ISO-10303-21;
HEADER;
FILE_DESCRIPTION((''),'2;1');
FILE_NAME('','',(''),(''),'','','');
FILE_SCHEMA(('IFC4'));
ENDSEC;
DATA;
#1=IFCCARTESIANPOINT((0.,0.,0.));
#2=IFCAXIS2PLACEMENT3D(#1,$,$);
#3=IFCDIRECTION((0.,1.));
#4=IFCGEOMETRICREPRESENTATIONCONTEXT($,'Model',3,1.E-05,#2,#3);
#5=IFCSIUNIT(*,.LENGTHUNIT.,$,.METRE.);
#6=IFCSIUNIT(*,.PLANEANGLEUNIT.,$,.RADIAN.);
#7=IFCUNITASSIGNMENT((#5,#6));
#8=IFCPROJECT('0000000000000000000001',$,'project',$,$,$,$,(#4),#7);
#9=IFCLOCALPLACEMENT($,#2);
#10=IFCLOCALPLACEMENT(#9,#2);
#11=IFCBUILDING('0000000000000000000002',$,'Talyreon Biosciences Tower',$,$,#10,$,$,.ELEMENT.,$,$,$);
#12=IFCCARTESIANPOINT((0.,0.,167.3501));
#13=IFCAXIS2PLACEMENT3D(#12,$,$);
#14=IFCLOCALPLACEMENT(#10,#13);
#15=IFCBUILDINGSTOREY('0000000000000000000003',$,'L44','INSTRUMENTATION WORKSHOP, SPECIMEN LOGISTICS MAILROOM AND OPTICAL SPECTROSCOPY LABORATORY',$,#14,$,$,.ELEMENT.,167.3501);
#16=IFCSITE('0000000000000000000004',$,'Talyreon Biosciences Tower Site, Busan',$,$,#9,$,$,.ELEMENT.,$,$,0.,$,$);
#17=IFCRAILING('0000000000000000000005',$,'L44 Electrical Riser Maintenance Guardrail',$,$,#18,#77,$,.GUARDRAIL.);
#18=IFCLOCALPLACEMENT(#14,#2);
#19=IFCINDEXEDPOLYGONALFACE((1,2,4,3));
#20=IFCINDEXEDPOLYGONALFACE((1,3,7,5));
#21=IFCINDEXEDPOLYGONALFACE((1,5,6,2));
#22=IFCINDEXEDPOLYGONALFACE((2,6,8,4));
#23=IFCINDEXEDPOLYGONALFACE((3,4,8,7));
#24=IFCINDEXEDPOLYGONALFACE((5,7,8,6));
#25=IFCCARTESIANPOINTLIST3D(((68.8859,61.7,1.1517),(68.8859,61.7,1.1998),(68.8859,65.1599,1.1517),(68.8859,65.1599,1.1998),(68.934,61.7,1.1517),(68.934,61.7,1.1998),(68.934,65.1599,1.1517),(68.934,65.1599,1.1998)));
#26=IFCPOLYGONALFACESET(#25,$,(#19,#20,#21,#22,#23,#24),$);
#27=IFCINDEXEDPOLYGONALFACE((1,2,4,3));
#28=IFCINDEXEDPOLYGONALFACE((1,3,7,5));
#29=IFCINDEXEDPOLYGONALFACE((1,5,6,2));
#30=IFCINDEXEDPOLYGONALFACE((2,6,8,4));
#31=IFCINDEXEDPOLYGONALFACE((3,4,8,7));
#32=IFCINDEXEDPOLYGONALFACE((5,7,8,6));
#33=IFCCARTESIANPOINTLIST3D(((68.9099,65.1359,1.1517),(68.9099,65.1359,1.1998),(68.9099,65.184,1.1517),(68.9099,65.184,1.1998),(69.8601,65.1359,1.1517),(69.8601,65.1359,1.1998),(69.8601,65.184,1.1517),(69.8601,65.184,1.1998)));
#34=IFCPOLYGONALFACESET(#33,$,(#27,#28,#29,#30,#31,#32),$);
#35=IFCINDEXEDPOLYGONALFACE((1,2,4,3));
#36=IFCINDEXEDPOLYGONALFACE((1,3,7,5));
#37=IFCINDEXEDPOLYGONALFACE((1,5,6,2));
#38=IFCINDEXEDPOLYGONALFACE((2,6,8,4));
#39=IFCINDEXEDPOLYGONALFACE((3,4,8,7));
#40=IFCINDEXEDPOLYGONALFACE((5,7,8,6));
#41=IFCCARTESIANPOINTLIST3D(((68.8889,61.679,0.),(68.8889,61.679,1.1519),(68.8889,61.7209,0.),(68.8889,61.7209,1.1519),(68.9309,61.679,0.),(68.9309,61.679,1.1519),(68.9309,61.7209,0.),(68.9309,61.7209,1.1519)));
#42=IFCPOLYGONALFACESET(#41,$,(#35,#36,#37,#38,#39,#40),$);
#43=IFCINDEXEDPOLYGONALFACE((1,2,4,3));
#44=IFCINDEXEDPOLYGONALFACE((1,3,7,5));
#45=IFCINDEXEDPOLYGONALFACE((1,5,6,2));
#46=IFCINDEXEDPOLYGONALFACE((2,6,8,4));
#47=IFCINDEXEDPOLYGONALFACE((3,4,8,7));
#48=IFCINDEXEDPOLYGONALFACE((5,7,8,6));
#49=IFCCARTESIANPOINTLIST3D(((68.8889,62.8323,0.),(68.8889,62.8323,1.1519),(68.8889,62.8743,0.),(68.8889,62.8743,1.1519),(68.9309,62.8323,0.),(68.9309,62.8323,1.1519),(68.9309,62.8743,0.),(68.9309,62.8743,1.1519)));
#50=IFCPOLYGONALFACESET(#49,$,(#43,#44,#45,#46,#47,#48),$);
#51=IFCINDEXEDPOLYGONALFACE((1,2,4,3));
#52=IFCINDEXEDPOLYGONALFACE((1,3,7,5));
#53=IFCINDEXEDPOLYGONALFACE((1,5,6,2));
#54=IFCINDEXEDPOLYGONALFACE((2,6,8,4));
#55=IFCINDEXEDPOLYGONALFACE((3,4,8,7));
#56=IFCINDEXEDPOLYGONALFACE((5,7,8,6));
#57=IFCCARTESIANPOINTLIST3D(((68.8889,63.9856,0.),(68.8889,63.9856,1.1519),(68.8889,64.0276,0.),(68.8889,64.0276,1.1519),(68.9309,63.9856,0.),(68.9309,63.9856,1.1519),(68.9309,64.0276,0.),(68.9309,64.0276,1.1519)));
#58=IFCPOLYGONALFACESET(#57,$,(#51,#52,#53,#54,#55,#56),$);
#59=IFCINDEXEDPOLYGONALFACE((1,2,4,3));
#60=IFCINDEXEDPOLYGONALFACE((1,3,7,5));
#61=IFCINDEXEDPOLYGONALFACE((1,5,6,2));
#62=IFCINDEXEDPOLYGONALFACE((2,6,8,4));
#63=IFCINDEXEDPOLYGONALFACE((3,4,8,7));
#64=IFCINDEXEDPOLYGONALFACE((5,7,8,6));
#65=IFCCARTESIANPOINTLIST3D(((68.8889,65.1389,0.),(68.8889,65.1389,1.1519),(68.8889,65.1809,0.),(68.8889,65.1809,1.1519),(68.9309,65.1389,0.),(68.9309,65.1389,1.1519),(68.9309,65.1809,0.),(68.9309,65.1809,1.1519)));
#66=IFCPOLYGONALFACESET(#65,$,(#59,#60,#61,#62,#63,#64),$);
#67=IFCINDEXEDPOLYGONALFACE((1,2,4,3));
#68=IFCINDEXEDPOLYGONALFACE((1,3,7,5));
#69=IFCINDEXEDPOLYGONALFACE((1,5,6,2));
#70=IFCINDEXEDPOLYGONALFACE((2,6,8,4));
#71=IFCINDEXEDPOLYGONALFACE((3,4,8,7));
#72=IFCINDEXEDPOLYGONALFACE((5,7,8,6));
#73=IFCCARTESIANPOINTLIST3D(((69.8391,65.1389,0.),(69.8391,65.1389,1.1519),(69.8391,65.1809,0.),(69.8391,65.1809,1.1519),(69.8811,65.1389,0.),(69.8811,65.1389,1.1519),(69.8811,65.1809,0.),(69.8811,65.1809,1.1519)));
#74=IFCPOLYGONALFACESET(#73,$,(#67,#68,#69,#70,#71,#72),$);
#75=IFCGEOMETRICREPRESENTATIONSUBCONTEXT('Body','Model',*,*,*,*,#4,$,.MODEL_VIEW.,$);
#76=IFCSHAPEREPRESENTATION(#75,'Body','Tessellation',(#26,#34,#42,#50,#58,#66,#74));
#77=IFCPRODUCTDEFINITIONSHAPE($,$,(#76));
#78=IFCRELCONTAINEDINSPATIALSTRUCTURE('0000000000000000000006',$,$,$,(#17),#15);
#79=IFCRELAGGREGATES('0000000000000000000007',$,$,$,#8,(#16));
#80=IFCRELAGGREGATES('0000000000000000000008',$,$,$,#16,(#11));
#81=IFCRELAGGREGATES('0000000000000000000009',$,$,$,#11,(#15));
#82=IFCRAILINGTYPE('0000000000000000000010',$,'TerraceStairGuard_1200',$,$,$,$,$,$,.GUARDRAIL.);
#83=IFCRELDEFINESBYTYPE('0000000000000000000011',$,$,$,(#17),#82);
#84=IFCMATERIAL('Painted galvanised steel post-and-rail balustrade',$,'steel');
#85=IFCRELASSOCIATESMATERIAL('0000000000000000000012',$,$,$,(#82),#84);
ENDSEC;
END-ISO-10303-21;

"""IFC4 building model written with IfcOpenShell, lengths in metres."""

from ifc_helpers import new_model, si_unit, direction, frame, origin, origin_2d, place, context, subcontext, project, spatial, rectangle, extrude, material, type_object, element, save


model = new_model("IFC4")

# Units and contexts
model_context = context("Model", 3, precision=1e-05, world=origin(), true_north=direction((0.0, 1.0)))
body_context = subcontext(model_context, "Body", "Model", "MODEL_VIEW")
ifc_project = project(units=[si_unit("LENGTHUNIT", "METRE"), si_unit("PLANEANGLEUNIT", "RADIAN")], contexts=[model_context])

# Site, building, storey
site_placement = place(None, origin())
site = spatial("IfcSite", under=ifc_project, at=site_placement, Name="Talyreon Biosciences Tower Site, Busan", CompositionType="ELEMENT", RefElevation=0.0)
building_placement = place(site_placement, origin())
building = spatial("IfcBuilding", under=site, at=building_placement, Name="Talyreon Biosciences Tower", CompositionType="ELEMENT")
storey_placement = place(building_placement, frame((0.0, 0.0, 167.3501)))
storey = spatial("IfcBuildingStorey", under=building, at=storey_placement, Name="L44", Description="INSTRUMENTATION WORKSHOP, SPECIMEN LOGISTICS MAILROOM AND OPTICAL SPECTROSCOPY LABORATORY", CompositionType="ELEMENT", Elevation=167.3501)

# Railing
ifc_material_1 = material(Name="Painted galvanised steel post-and-rail balustrade", Category="steel")
railing_type_1 = type_object("IfcRailingType", Name="TerraceStairGuard_1200", PredefinedType="GUARDRAIL", material=ifc_material_1)
railing_1_placement = place(storey_placement, frame((68.9099, 61.7, 0.0)))
element("IfcRailing", 1, at=railing_1_placement, inside=storey, type_object=railing_type_1, Name="L44 Electrical Riser Maintenance Guardrail", PredefinedType="GUARDRAIL", context=body_context, shape_type="SweptSolid", body=[
    extrude(rectangle(XDim=0.0481, YDim=0.0481, at=origin_2d()), frame((0.0, 0.0, 1.1758), z_axis=(0.0, 1.0, 0.0), x_axis=(-1.0, 0.0, 0.0)), (0.0, 0.0, 1.0), 3.46),
    extrude(rectangle(XDim=0.0481, YDim=0.0481, at=origin_2d()), frame((0.0, 3.46, 1.1758), z_axis=(1.0, 0.0, 0.0), x_axis=(0.0, 1.0, 0.0)), (0.0, 0.0, 1.0), 0.9502),
    extrude(rectangle(XDim=0.042, YDim=0.042, at=origin_2d()), origin(), (0.0, 0.0, 1.0), 1.1519),
    extrude(rectangle(XDim=0.042, YDim=0.042, at=origin_2d()), frame((0.0, 1.1533, 0.0)), (0.0, 0.0, 1.0), 1.1519),
    extrude(rectangle(XDim=0.042, YDim=0.042, at=origin_2d()), frame((0.0, 2.3066, 0.0)), (0.0, 0.0, 1.0), 1.1519),
    extrude(rectangle(XDim=0.042, YDim=0.042, at=origin_2d()), frame((0.0, 3.46, 0.0)), (0.0, 0.0, 1.0), 1.1519),
    extrude(rectangle(XDim=0.042, YDim=0.042, at=origin_2d()), frame((0.9502, 3.46, 0.0)), (0.0, 0.0, 1.0), 1.1519),
])

save(model, "model.ifc")
